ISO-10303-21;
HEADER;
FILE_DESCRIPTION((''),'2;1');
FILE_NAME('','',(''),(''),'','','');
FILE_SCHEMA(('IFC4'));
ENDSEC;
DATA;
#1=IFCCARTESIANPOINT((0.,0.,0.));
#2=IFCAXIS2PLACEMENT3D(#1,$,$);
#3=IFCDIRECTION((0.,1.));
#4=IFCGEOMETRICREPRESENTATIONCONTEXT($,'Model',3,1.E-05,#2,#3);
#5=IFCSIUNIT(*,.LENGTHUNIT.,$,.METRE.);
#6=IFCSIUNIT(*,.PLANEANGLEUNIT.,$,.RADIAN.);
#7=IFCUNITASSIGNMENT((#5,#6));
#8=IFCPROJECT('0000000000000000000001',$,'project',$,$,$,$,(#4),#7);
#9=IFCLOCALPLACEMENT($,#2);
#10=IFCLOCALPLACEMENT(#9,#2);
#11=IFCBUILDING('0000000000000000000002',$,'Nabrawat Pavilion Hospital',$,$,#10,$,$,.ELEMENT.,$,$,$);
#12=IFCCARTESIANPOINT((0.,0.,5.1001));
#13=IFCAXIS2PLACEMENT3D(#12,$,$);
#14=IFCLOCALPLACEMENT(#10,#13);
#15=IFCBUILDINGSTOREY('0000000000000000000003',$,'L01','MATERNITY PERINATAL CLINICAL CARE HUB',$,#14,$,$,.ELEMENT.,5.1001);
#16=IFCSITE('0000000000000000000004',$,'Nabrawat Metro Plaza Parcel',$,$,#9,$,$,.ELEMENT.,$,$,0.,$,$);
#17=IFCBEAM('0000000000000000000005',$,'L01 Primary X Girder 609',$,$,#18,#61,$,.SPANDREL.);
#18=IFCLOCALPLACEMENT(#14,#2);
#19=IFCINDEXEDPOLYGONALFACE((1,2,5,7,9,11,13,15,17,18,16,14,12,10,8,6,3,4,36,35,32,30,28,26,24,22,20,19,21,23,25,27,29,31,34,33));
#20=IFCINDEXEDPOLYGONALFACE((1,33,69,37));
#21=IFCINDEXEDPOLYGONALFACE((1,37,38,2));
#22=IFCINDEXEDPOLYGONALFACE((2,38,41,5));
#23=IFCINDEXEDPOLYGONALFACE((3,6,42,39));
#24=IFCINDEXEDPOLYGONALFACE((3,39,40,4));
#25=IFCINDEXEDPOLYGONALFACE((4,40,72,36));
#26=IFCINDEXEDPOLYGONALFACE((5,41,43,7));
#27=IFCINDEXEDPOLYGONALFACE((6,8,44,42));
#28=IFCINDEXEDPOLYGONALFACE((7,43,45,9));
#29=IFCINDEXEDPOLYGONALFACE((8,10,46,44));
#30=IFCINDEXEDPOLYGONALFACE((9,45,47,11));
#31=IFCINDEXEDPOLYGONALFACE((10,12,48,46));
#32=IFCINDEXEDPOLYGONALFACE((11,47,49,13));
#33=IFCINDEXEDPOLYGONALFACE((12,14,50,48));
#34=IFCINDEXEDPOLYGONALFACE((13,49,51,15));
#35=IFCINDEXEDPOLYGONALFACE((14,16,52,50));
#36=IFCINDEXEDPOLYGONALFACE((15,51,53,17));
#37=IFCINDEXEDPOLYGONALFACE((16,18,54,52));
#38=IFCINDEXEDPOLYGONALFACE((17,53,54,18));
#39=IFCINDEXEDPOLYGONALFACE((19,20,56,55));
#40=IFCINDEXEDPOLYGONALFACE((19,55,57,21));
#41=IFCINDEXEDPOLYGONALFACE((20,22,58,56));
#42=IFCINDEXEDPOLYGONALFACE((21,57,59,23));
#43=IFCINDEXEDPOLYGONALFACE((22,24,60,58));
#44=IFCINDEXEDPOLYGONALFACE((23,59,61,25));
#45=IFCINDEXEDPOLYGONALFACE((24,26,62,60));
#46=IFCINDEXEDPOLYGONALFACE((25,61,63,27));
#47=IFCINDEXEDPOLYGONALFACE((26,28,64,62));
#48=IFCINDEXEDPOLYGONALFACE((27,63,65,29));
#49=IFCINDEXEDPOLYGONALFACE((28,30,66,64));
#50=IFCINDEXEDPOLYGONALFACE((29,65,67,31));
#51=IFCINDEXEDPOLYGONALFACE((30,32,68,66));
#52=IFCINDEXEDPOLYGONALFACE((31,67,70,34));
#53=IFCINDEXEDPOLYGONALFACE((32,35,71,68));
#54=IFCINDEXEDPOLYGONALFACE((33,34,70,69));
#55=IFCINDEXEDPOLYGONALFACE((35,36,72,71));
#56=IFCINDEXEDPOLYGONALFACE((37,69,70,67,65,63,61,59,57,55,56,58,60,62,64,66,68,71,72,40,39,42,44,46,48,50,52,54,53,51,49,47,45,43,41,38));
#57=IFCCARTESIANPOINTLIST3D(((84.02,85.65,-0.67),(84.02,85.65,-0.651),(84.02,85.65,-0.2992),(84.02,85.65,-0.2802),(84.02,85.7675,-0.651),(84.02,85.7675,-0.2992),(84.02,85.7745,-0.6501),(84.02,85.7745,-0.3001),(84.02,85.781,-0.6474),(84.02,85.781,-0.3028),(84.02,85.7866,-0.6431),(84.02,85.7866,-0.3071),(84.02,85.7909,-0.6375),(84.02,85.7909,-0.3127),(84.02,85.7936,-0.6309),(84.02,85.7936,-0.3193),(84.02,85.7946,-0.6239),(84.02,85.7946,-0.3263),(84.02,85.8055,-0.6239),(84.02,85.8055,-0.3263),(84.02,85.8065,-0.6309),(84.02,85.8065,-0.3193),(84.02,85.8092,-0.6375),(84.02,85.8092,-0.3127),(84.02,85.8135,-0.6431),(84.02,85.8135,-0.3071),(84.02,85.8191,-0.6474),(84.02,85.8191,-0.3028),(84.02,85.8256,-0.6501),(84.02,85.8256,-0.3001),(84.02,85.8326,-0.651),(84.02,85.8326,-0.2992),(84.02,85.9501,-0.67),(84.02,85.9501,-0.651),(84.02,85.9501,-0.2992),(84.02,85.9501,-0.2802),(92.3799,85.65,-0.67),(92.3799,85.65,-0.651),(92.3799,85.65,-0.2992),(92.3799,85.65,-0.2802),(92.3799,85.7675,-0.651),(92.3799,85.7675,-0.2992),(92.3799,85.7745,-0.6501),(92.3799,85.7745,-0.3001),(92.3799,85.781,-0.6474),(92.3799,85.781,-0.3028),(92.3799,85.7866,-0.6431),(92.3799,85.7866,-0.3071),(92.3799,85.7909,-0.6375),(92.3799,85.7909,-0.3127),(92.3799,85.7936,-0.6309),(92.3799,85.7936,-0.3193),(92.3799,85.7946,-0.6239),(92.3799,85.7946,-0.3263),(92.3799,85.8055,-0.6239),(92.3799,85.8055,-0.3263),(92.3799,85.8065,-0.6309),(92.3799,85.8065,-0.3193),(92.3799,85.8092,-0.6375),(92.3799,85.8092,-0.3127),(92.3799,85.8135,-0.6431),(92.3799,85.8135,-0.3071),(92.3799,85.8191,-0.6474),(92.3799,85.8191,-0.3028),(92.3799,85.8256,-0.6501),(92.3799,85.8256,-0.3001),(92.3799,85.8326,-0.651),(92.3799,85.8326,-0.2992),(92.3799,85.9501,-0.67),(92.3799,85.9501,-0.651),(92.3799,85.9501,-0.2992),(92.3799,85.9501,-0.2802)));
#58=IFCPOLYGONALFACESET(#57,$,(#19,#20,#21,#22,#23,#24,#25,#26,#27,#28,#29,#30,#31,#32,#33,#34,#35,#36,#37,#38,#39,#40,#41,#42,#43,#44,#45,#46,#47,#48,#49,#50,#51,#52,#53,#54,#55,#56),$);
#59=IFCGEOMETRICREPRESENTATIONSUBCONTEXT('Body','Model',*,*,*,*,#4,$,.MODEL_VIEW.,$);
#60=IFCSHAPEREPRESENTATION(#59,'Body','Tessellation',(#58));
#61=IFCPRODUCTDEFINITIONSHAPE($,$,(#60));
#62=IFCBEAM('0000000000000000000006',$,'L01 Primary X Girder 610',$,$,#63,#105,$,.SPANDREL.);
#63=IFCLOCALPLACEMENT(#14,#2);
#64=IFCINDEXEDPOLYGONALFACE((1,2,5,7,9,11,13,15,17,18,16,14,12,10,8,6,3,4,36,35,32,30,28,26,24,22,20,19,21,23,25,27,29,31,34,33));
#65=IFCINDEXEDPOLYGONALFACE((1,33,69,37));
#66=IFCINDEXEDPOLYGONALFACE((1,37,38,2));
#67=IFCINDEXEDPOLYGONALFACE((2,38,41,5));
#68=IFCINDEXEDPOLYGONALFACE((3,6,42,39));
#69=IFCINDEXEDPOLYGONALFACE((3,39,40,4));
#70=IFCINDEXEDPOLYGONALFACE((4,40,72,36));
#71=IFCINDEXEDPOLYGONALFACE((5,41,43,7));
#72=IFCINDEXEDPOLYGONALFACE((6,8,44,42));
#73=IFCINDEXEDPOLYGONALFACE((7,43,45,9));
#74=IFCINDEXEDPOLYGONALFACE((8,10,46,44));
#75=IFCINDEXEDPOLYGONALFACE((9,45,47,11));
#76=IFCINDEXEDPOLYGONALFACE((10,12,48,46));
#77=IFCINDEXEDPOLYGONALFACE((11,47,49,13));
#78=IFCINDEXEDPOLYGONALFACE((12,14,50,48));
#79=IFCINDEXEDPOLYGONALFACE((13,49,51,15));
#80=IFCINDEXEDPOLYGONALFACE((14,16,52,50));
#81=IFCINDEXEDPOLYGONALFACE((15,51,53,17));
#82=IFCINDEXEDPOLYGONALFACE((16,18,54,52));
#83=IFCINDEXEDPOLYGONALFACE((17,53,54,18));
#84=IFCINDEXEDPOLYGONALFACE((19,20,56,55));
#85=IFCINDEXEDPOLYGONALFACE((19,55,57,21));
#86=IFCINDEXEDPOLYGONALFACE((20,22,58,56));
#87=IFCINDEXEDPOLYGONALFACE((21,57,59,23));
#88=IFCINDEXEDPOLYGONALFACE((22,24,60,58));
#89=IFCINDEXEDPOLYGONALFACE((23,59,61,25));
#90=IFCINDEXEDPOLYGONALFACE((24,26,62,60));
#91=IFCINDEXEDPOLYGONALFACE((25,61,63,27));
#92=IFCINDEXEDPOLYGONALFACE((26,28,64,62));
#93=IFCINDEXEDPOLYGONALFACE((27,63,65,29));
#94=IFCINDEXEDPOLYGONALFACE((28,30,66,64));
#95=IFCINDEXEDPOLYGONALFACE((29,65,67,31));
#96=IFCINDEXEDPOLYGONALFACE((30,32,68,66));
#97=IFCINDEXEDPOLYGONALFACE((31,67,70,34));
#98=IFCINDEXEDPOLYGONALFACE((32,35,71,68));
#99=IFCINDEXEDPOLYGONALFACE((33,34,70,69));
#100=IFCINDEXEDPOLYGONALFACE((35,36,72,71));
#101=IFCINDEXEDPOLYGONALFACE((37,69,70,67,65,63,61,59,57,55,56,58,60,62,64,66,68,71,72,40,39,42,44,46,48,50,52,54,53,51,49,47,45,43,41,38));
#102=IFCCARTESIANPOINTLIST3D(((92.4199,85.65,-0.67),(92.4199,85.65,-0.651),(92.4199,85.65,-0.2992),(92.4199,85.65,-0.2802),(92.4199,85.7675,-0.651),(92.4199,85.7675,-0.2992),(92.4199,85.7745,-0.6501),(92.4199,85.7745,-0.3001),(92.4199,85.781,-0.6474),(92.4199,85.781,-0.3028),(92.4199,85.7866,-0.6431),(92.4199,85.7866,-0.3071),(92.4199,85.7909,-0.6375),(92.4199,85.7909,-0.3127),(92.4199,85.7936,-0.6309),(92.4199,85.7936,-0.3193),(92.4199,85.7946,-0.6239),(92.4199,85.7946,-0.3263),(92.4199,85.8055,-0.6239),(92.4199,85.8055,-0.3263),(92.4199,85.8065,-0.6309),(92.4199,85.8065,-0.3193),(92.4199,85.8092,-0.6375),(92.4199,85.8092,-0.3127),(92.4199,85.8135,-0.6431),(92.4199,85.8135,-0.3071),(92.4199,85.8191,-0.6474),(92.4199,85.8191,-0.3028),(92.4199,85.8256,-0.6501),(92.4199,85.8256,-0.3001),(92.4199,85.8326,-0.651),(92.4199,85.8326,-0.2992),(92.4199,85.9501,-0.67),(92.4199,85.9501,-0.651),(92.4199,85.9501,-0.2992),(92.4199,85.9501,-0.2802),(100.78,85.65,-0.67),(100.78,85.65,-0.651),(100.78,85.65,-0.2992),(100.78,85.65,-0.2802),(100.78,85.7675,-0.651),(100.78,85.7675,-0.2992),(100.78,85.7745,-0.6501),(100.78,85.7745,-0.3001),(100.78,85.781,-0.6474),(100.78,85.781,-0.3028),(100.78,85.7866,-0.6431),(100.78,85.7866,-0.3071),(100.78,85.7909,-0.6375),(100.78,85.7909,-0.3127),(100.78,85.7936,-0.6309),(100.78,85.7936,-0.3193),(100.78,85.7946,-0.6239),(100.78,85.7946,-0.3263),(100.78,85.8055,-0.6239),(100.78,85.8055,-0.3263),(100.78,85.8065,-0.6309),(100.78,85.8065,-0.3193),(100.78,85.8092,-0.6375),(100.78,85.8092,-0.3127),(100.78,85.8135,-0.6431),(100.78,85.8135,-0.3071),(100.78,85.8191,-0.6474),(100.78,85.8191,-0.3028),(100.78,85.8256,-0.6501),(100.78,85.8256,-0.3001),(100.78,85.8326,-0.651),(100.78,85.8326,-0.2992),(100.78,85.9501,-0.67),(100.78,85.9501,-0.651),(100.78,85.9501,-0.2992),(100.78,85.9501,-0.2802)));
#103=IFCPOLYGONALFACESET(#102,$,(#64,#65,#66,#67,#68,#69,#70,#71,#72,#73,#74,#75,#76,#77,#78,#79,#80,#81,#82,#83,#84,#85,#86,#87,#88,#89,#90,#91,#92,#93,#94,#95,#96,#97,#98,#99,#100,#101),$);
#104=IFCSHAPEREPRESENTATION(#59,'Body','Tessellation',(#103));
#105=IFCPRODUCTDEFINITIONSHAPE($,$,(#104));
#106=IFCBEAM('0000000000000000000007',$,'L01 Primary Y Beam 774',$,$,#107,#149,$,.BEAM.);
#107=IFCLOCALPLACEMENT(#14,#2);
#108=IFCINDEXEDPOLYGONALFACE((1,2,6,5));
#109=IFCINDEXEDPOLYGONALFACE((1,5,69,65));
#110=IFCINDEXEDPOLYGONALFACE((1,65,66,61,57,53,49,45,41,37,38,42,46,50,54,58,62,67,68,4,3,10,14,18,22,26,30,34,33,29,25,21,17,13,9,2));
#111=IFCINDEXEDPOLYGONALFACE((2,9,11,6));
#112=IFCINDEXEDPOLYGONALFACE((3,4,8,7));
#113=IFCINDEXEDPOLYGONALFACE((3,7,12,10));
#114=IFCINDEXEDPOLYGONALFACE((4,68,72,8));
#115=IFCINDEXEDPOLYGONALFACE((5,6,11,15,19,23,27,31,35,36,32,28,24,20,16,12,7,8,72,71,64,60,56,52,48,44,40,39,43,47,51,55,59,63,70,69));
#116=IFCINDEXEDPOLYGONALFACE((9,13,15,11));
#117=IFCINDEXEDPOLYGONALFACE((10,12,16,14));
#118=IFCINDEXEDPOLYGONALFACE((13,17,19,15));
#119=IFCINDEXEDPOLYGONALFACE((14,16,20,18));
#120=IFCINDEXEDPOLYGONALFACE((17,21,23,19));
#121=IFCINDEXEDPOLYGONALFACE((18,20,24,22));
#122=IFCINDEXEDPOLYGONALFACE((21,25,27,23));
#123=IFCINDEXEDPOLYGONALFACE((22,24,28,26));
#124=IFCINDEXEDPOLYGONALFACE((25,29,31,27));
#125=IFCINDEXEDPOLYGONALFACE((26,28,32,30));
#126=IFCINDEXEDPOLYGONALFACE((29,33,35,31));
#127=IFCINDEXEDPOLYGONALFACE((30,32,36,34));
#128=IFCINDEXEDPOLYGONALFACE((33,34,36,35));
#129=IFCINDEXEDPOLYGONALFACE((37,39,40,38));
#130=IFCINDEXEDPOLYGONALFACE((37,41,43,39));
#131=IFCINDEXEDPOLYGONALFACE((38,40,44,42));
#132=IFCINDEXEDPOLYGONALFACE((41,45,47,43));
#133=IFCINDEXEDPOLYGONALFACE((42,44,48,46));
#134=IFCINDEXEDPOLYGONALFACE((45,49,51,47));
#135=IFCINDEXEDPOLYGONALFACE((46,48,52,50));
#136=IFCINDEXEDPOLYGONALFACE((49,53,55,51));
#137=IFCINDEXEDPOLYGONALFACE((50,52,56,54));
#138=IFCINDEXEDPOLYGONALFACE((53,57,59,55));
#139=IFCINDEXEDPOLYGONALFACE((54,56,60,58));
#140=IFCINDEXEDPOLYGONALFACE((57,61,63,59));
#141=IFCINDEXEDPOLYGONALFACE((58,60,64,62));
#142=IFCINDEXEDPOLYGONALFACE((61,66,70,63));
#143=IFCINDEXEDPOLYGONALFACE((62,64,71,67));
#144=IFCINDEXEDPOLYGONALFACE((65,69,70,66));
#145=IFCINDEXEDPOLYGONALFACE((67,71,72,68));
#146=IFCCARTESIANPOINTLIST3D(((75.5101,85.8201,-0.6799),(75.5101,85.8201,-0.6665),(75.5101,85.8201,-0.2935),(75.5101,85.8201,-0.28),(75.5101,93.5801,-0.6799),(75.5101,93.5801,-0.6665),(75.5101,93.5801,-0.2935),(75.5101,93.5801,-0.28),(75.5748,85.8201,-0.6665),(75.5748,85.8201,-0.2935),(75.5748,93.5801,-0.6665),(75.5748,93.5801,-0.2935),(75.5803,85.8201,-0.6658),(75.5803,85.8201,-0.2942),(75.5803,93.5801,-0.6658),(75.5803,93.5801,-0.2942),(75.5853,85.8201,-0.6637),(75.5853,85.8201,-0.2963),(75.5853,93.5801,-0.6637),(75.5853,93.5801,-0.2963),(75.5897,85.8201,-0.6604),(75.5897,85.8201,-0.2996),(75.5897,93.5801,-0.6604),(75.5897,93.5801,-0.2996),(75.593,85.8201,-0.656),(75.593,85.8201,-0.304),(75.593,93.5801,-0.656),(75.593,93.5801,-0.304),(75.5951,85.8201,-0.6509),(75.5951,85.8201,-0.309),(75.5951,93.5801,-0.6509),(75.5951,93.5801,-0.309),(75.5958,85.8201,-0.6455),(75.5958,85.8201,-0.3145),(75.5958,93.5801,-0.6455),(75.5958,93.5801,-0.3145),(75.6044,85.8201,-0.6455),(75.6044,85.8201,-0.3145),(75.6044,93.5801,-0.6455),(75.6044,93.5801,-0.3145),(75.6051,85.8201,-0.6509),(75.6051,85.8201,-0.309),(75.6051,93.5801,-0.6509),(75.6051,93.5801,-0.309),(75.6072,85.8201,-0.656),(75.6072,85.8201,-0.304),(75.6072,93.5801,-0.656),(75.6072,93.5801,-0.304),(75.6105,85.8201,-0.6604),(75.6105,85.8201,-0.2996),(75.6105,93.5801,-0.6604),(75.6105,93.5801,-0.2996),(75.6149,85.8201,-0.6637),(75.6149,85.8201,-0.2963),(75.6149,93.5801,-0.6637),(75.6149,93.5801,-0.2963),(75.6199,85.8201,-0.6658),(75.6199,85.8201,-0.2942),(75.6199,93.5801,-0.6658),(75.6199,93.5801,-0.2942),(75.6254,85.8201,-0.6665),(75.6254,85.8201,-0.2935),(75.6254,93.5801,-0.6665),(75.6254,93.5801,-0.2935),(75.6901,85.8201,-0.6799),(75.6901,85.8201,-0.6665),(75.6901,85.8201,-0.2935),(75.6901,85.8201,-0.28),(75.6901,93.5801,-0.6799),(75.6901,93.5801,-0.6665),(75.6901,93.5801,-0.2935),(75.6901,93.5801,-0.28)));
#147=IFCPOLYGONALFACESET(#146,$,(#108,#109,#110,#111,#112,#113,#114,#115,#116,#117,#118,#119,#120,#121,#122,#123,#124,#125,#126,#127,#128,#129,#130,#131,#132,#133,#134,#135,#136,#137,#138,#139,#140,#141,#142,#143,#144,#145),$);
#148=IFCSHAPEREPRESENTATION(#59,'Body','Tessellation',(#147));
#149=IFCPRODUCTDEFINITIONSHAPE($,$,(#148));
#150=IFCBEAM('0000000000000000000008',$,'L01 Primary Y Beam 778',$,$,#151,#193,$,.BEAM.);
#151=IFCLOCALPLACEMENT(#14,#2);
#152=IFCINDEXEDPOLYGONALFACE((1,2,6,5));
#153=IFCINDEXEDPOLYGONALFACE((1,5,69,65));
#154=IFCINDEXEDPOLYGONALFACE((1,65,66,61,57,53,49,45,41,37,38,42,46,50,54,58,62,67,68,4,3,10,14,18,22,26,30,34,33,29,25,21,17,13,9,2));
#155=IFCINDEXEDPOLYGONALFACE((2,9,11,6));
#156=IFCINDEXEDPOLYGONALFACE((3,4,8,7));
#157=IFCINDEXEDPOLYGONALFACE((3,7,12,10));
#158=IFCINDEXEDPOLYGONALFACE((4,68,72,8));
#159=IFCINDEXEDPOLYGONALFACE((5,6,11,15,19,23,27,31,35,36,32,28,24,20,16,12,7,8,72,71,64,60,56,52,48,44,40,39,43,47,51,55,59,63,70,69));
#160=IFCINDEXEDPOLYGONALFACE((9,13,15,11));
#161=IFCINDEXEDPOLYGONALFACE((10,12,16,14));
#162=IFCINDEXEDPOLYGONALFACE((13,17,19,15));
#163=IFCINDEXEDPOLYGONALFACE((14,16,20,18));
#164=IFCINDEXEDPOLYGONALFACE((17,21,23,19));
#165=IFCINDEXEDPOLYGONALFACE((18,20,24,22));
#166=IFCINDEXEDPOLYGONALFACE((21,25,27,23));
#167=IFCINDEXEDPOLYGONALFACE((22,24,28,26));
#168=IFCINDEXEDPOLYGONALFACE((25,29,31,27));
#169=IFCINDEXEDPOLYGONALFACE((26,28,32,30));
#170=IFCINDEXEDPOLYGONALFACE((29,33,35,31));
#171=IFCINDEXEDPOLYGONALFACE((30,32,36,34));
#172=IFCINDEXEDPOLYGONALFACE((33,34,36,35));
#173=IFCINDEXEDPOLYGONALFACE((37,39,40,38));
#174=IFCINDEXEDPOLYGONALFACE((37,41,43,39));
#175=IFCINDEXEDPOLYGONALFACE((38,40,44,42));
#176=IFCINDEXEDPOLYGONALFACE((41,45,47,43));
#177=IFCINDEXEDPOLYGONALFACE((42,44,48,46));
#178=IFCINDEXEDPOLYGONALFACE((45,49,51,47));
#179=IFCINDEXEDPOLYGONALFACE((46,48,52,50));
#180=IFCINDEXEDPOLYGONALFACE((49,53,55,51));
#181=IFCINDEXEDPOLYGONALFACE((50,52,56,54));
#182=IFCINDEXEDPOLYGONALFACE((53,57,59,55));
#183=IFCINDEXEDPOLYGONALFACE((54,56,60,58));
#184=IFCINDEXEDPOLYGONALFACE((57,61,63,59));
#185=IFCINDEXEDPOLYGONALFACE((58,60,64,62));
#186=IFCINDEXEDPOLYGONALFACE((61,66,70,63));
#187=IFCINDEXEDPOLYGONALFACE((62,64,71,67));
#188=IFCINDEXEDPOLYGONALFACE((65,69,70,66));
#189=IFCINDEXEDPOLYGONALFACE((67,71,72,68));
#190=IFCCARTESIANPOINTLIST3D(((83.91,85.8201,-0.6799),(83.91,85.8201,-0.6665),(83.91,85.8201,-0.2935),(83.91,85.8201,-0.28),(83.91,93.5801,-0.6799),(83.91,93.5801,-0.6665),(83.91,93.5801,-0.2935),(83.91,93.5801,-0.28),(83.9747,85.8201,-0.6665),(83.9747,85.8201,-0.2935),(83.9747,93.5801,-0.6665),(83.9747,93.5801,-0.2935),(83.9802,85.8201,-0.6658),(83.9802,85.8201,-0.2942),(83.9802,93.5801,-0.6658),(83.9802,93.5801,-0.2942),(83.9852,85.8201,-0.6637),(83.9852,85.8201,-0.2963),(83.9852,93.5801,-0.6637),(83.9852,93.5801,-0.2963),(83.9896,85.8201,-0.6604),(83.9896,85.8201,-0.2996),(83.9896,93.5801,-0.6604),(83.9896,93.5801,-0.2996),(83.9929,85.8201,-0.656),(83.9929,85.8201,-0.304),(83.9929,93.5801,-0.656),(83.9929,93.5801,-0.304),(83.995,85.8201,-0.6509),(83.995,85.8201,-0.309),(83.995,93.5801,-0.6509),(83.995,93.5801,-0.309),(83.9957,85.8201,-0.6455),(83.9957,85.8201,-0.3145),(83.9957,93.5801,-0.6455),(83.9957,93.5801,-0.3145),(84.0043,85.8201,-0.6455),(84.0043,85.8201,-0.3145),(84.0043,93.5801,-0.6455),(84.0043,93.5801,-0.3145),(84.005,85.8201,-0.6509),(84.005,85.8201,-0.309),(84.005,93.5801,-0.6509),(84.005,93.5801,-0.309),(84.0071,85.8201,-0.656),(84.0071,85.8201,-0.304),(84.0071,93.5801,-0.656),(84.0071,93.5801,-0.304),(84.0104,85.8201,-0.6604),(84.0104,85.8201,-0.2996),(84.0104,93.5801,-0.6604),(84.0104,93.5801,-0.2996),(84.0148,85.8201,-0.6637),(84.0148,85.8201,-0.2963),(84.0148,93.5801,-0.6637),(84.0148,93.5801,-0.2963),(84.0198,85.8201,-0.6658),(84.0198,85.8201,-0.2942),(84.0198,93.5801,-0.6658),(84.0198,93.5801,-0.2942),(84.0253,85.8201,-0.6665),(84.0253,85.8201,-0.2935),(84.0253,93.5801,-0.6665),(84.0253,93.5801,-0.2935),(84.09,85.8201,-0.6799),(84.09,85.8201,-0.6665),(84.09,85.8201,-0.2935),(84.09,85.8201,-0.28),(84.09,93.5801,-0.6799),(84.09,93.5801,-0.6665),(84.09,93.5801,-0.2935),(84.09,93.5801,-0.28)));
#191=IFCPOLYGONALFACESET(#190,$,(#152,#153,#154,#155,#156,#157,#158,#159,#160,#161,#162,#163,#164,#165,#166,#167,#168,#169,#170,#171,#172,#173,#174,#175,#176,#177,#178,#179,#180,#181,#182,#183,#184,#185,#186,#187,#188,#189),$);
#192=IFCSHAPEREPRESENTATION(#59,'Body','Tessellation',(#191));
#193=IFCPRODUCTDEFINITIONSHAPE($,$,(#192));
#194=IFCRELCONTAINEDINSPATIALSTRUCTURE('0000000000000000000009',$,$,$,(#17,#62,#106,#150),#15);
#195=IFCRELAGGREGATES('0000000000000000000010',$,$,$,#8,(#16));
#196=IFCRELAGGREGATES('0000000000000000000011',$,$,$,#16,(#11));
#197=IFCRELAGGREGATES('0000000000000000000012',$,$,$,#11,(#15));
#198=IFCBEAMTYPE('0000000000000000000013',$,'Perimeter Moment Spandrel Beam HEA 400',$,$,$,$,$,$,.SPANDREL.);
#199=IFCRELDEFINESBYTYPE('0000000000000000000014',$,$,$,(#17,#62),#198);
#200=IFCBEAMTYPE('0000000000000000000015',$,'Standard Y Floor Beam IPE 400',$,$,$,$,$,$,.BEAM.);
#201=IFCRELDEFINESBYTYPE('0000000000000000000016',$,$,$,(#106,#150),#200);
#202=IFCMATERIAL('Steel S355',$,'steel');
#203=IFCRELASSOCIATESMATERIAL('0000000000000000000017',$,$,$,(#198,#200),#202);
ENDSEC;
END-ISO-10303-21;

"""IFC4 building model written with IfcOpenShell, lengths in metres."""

from ifc_helpers import new_model, si_unit, direction, frame, origin, origin_2d, place, context, subcontext, project, spatial, i_section, extrude, material, material_profile, profile_set, type_object, element, save


model = new_model("IFC4")

# Units and contexts
model_context = context("Model", 3, precision=1e-05, world=origin(), true_north=direction((0.0, 1.0)))
body_context = subcontext(model_context, "Body", "Model", "MODEL_VIEW")
ifc_project = project(units=[si_unit("LENGTHUNIT", "METRE"), si_unit("PLANEANGLEUNIT", "RADIAN")], contexts=[model_context])

# Site, building, storey
site_placement = place(None, origin())
site = spatial("IfcSite", under=ifc_project, at=site_placement, Name="Nabrawat Metro Plaza Parcel", CompositionType="ELEMENT", RefElevation=0.0)
building_placement = place(site_placement, origin())
building = spatial("IfcBuilding", under=site, at=building_placement, Name="Nabrawat Pavilion Hospital", CompositionType="ELEMENT")
storey_placement = place(building_placement, frame((0.0, 0.0, 5.1001)))
storey = spatial("IfcBuildingStorey", under=building, at=storey_placement, Name="L01", Description="MATERNITY PERINATAL CLINICAL CARE HUB", CompositionType="ELEMENT", Elevation=5.1001)

# Beams
ifc_material_1 = material(Name="Steel S355", Category="steel")
ifc_material_profile_1 = material_profile(ifc_material_1, i_section(OverallWidth=0.3, OverallDepth=0.3899, WebThickness=0.011, FlangeThickness=0.019, FilletRadius=0.0271, at=origin_2d()), Name="HEA 400")
ifc_profile_set_1 = profile_set([ifc_material_profile_1], Name="Steel S355")
beam_type_1 = type_object("IfcBeamType", Name="Perimeter Moment Spandrel Beam HEA 400", PredefinedType="SPANDREL", material=ifc_profile_set_1)
for number, where, z_axis, x_axis, name in (
    (1, (84.02, 85.8, -0.4751), (1.0, 0.0, 0.0), (0.0, 1.0, 0.0), "L01 Primary X Girder 609"),
):
    element("IfcBeam", number, at=place(storey_placement, frame(where, z_axis=z_axis, x_axis=x_axis)), inside=storey, type_object=beam_type_1, Name=name, PredefinedType="SPANDREL", context=body_context, shape_type="SweptSolid", body=[
        extrude(i_section(OverallWidth=0.3, OverallDepth=0.3899, WebThickness=0.011, FlangeThickness=0.019, FilletRadius=0.0271, at=origin_2d()), origin(), (0.0, 0.0, 1.0), 8.3599),
    ])
beam_placement = place(storey_placement, frame((92.4199, 85.8, -0.4751), z_axis=(1.0, 0.0, 0.0), x_axis=(0.0, 1.0, 0.0)))
element("IfcBeam", 2, at=beam_placement, inside=storey, type_object=beam_type_1, Name="L01 Primary X Girder 610", PredefinedType="SPANDREL", context=body_context, shape_type="SweptSolid", body=[
    extrude(i_section(OverallWidth=0.3, OverallDepth=0.3899, WebThickness=0.011, FlangeThickness=0.019, FilletRadius=0.0271, at=origin_2d()), origin(), (0.0, 0.0, 1.0), 8.3601),
])
ifc_material_profile_2 = material_profile(ifc_material_1, i_section(OverallWidth=0.1799, OverallDepth=0.3999, WebThickness=0.0085, FlangeThickness=0.0134, FilletRadius=0.021, at=origin_2d()), Name="IPE 400")
ifc_profile_set_2 = profile_set([ifc_material_profile_2], Name="Steel S355")
beam_type_2 = type_object("IfcBeamType", Name="Standard Y Floor Beam IPE 400", PredefinedType="BEAM", material=ifc_profile_set_2)
for number, where, z_axis, x_axis, name in (
    (3, (75.6001, 85.8201, -0.48), (0.0, 1.0, 0.0), (-1.0, 0.0, 0.0), "L01 Primary Y Beam 774"),
    (4, (84.0, 85.8201, -0.48), (0.0, 1.0, 0.0), (-1.0, 0.0, 0.0), "L01 Primary Y Beam 778"),
):
    element("IfcBeam", number, at=place(storey_placement, frame(where, z_axis=z_axis, x_axis=x_axis)), inside=storey, type_object=beam_type_2, Name=name, PredefinedType="BEAM", context=body_context, shape_type="SweptSolid", body=[
        extrude(i_section(OverallWidth=0.1799, OverallDepth=0.3999, WebThickness=0.0085, FlangeThickness=0.0134, FilletRadius=0.021, at=origin_2d()), origin(), (0.0, 0.0, 1.0), 7.76),
    ])

save(model, "model.ifc")
